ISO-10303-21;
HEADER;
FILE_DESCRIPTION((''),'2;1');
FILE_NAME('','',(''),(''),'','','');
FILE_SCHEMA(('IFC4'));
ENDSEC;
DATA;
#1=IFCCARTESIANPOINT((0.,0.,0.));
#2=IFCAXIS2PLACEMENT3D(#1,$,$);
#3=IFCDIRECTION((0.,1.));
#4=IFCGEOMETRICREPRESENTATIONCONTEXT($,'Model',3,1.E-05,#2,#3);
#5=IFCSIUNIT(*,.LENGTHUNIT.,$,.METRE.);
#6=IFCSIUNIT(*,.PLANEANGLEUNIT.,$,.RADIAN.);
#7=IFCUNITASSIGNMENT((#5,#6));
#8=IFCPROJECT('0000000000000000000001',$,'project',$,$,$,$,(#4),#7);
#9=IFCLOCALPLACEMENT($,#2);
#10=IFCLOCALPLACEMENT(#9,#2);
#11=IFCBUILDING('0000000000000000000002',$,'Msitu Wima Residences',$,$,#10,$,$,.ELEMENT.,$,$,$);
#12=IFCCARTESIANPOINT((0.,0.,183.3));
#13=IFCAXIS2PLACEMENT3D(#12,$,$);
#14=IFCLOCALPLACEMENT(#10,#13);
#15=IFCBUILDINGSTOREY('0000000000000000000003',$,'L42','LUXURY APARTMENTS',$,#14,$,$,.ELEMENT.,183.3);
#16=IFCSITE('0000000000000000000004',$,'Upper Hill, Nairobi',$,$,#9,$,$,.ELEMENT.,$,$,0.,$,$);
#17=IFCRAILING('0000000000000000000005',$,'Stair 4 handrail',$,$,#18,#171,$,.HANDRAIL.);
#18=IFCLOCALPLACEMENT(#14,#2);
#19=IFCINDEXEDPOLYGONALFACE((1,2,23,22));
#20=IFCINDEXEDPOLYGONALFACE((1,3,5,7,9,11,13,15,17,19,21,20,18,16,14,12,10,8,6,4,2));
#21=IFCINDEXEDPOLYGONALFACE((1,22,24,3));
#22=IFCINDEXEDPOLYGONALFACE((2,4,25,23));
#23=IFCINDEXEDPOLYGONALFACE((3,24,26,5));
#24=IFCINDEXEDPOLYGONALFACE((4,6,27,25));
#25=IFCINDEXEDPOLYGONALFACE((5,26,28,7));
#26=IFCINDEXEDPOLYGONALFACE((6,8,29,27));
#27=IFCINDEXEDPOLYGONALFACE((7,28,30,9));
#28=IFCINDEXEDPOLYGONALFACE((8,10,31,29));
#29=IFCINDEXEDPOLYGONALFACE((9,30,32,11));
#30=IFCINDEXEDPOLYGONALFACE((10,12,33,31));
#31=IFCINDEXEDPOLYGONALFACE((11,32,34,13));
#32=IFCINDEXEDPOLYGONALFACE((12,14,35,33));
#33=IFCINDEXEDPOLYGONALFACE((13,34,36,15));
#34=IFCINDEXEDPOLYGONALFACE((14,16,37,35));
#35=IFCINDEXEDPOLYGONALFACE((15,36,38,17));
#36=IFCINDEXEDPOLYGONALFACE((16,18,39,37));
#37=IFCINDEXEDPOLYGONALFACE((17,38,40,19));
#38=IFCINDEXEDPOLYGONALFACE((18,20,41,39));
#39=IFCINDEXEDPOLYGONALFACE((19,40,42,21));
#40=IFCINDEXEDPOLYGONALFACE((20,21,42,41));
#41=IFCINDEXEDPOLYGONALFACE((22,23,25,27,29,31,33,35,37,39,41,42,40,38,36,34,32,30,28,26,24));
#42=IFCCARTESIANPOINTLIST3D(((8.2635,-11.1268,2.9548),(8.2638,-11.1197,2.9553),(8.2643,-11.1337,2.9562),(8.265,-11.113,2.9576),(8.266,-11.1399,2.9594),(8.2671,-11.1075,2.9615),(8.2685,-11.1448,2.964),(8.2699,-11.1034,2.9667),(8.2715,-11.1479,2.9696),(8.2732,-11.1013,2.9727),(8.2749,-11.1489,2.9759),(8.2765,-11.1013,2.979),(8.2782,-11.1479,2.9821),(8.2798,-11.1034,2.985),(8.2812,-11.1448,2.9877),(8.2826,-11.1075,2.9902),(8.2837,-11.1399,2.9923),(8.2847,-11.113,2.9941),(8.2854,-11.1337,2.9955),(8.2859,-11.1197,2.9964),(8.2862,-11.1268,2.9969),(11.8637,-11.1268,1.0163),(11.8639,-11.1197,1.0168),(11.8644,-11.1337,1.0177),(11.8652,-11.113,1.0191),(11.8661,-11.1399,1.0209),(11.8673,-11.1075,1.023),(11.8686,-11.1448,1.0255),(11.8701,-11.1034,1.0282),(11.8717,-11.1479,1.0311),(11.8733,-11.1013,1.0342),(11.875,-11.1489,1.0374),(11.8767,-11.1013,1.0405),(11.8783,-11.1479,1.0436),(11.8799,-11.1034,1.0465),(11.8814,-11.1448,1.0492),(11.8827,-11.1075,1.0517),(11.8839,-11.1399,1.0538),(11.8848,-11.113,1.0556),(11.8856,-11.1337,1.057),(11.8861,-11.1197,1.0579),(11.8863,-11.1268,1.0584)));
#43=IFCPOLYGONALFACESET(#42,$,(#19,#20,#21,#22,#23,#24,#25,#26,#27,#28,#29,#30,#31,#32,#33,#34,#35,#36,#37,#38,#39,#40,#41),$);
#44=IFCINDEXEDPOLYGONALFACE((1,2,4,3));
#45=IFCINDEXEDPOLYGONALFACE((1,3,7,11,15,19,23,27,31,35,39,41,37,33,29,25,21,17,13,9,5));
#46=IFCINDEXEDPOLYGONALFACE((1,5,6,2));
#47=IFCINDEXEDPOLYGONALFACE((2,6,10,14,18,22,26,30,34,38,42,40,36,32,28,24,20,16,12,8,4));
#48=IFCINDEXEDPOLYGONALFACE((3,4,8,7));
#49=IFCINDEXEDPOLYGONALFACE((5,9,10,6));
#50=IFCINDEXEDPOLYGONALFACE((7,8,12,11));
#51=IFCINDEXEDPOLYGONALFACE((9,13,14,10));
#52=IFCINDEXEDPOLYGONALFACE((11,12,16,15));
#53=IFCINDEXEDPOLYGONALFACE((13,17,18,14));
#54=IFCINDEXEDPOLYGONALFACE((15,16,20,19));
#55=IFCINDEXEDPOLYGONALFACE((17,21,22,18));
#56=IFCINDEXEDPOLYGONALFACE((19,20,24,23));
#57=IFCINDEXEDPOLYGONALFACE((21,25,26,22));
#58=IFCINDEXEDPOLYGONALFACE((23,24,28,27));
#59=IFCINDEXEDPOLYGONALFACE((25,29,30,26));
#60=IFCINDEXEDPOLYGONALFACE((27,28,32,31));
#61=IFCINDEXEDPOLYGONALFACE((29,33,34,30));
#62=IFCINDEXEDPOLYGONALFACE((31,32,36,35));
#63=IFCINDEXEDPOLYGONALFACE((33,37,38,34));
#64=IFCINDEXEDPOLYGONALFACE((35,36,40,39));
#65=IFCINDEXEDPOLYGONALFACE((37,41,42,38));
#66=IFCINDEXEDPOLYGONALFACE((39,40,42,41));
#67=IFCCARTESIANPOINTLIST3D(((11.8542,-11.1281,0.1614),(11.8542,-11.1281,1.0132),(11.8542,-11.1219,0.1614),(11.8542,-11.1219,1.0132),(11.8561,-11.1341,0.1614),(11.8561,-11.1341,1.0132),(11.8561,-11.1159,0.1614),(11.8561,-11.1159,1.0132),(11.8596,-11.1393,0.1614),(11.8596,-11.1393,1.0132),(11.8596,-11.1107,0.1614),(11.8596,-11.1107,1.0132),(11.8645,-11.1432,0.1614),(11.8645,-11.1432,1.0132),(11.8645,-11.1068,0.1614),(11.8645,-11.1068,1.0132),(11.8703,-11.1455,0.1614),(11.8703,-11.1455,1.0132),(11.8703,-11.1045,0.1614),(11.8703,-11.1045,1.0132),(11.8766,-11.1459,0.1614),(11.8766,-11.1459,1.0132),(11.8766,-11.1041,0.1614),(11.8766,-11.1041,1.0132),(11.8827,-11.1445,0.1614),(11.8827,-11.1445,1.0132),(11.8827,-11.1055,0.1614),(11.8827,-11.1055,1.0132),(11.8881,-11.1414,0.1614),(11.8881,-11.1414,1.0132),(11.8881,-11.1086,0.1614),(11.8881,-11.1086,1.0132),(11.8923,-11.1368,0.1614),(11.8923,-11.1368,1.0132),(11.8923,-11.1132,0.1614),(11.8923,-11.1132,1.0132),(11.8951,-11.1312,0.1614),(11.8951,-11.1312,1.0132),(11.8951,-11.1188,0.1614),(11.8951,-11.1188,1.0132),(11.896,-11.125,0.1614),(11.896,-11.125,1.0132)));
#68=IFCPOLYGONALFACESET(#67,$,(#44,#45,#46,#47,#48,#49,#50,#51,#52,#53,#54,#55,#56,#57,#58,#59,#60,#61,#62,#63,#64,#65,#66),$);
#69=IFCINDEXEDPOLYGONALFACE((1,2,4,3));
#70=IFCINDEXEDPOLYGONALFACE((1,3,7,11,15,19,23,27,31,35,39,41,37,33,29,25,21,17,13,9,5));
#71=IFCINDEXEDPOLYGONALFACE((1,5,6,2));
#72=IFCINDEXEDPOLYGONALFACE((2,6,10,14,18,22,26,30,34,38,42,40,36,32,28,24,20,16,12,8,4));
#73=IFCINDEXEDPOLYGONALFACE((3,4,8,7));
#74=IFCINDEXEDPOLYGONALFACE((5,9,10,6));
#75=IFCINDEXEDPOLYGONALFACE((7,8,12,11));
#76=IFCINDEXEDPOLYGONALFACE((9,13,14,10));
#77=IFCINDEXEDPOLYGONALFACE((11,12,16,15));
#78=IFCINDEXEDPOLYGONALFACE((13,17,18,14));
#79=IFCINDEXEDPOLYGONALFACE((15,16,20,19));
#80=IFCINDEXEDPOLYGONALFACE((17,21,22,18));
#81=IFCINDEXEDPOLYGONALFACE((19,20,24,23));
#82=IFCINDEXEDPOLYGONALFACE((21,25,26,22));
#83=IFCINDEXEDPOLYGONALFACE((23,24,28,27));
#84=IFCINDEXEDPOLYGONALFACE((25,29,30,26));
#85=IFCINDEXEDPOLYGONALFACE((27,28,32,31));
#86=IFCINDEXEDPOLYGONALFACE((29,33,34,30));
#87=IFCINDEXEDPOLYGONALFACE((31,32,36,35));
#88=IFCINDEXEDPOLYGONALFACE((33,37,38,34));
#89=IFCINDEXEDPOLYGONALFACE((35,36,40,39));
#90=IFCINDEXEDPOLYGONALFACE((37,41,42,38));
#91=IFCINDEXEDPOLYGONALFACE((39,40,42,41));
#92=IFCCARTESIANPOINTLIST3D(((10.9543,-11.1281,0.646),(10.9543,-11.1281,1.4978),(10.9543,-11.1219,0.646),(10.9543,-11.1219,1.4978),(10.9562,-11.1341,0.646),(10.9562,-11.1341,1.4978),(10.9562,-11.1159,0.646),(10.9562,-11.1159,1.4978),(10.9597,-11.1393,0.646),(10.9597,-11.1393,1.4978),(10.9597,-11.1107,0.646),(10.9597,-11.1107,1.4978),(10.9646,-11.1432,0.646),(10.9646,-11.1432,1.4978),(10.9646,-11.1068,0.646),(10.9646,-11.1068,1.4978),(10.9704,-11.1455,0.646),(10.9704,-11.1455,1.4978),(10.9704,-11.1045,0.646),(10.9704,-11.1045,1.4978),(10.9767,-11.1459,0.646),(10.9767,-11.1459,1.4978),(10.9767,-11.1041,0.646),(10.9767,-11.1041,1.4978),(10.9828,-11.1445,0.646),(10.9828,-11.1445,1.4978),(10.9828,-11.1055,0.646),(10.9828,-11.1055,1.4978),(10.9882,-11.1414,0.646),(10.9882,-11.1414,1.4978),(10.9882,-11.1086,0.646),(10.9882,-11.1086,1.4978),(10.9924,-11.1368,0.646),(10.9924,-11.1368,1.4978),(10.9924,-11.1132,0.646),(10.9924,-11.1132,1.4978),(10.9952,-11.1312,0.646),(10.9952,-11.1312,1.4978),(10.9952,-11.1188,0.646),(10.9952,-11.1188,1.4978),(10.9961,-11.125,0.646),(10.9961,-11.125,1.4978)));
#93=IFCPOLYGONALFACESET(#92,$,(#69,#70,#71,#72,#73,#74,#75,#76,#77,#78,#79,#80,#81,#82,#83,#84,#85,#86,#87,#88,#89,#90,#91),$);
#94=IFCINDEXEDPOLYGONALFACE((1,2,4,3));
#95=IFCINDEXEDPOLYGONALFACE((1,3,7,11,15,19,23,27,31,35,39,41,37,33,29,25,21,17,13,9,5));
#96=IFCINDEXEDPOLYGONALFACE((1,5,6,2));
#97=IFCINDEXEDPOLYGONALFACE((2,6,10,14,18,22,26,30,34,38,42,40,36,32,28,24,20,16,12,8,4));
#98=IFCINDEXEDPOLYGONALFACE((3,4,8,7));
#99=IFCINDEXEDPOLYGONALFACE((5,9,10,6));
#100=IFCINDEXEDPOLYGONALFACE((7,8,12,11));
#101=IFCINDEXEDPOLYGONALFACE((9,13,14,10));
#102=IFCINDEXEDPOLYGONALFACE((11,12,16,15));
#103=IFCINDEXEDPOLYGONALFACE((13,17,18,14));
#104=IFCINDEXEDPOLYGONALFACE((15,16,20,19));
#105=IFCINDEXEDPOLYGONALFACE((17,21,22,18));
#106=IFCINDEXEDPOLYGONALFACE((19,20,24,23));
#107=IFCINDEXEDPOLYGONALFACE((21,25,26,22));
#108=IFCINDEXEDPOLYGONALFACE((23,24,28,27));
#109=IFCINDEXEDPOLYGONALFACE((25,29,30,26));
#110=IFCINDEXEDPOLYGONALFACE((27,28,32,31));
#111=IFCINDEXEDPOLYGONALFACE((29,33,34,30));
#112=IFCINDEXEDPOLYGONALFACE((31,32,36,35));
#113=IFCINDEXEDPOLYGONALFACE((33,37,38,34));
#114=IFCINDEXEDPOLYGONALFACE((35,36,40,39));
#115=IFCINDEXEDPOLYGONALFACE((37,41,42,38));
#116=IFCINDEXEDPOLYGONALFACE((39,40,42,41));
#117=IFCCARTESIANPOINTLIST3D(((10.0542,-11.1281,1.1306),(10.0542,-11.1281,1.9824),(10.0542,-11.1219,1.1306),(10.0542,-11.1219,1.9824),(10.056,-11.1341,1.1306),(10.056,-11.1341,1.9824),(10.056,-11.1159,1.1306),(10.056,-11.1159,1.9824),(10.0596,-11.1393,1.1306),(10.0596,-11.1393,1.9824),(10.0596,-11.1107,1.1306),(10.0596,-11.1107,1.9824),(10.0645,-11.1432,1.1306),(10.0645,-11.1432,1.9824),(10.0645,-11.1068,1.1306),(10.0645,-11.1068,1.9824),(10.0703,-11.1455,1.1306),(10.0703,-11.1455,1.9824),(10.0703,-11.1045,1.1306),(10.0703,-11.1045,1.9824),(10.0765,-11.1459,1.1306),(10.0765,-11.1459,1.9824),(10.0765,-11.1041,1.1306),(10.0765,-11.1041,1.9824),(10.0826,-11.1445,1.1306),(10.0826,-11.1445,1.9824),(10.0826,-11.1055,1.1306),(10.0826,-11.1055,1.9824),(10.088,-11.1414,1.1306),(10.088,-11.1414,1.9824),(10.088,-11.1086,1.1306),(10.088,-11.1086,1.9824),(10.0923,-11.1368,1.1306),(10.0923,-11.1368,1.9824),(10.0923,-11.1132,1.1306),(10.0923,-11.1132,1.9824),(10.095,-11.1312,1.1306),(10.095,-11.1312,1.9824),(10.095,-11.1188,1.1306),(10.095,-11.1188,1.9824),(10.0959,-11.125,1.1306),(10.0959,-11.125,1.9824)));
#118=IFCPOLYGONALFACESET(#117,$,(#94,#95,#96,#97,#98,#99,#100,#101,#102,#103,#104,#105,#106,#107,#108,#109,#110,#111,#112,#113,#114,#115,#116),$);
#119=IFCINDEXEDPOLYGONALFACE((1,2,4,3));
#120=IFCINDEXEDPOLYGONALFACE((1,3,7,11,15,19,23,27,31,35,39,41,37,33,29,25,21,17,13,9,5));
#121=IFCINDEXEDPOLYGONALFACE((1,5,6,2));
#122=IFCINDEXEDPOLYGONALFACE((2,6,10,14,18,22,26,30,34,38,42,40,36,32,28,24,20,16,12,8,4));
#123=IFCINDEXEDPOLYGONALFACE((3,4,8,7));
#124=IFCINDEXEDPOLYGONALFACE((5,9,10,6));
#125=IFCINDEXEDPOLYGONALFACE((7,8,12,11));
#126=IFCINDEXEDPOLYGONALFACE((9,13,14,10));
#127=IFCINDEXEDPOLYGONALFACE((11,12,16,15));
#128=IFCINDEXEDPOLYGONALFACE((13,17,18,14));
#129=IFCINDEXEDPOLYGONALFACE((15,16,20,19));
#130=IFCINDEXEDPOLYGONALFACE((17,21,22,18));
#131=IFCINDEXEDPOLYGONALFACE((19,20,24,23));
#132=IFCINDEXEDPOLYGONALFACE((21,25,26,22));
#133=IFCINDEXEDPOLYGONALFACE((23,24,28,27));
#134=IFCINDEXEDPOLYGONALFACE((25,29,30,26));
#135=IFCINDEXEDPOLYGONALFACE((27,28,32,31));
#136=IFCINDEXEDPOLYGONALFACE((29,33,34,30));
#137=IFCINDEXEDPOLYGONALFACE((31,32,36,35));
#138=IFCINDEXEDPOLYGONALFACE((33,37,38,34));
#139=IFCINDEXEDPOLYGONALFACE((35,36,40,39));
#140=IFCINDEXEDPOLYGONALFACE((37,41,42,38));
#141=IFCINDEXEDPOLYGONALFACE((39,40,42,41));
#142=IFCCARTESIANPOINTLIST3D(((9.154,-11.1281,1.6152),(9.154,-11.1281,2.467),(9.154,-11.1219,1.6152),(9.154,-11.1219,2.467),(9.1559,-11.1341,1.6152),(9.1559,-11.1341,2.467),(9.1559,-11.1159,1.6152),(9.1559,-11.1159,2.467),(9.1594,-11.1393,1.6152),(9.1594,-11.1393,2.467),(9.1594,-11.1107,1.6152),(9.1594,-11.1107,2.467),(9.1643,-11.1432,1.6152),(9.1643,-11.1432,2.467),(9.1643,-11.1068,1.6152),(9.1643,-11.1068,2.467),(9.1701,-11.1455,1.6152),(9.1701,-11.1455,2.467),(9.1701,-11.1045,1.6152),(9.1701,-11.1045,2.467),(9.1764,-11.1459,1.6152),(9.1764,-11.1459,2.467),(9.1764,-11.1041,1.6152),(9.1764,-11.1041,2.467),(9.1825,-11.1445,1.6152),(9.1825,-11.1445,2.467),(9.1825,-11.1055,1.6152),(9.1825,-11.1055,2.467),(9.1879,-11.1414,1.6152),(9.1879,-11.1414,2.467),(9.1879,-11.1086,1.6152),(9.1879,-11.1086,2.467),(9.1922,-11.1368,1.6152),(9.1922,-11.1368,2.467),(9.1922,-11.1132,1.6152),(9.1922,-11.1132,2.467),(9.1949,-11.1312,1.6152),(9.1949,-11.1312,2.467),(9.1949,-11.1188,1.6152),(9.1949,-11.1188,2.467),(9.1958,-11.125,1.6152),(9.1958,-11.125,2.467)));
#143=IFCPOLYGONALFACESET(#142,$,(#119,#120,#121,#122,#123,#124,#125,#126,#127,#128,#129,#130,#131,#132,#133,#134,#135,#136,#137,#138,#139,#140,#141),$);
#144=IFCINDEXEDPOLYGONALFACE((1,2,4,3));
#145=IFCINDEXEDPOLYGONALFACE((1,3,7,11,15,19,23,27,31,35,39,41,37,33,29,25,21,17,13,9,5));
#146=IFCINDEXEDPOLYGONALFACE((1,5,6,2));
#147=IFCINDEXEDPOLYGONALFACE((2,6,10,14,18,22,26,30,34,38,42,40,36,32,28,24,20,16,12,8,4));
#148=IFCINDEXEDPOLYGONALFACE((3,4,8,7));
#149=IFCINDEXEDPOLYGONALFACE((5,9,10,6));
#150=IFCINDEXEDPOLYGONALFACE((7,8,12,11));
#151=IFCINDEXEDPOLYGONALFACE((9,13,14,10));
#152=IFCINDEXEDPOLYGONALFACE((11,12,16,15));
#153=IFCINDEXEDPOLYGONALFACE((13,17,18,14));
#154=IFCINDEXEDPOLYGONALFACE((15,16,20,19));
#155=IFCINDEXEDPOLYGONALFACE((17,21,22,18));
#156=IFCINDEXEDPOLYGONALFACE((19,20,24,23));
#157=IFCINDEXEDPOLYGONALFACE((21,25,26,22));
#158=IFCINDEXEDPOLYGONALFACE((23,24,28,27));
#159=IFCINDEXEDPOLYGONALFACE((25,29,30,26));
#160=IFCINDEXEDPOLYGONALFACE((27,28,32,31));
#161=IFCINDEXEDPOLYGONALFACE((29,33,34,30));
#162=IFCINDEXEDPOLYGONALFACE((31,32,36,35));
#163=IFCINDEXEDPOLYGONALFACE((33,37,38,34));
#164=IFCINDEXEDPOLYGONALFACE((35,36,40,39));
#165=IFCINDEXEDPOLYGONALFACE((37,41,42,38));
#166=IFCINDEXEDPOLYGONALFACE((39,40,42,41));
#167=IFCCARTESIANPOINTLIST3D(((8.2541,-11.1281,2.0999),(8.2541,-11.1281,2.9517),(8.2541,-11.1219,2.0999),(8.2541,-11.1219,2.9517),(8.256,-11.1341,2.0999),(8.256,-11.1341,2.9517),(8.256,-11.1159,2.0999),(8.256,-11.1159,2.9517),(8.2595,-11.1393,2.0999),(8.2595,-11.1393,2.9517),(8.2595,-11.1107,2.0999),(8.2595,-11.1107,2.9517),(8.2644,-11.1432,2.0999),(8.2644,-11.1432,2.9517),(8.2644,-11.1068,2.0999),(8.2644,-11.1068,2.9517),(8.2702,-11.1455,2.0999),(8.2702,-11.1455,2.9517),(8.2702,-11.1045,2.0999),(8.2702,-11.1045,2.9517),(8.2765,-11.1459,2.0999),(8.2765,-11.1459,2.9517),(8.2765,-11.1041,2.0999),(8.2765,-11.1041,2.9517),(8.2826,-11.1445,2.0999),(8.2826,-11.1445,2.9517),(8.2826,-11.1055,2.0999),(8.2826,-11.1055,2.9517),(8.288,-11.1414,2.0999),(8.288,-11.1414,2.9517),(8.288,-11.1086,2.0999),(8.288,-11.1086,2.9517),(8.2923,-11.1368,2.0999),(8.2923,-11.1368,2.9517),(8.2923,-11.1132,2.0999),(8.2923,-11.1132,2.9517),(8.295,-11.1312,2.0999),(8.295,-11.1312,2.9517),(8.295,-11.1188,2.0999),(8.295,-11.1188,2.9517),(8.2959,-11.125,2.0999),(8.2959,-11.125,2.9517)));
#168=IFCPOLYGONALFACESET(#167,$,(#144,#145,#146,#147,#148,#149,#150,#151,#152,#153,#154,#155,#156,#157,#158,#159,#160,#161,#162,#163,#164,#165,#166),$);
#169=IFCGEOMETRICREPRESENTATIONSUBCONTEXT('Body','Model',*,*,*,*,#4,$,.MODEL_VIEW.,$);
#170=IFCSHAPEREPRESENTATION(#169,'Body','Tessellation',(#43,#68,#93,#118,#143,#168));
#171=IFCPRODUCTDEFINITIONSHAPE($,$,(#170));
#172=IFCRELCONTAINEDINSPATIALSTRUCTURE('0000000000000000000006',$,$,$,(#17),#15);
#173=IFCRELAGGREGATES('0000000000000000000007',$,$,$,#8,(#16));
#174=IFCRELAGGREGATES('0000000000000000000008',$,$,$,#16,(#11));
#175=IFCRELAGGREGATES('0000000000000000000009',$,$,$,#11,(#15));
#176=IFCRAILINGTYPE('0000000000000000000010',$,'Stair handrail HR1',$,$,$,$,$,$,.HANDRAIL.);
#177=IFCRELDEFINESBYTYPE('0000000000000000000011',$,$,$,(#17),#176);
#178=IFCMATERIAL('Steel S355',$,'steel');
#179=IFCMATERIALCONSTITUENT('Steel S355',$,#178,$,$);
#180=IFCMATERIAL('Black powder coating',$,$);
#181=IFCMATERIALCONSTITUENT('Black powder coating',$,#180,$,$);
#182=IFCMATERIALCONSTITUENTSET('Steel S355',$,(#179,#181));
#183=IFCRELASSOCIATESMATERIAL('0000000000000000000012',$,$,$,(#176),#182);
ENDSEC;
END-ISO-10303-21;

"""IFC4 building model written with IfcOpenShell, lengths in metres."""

from ifc_helpers import new_model, si_unit, direction, frame, origin, origin_2d, place, context, subcontext, project, spatial, circle, extrude, material, constituent, constituent_set, type_object, element, save


model = new_model("IFC4")

# Units and contexts
model_context = context("Model", 3, precision=1e-05, world=origin(), true_north=direction((0.0, 1.0)))
body_context = subcontext(model_context, "Body", "Model", "MODEL_VIEW")
ifc_project = project(units=[si_unit("LENGTHUNIT", "METRE"), si_unit("PLANEANGLEUNIT", "RADIAN")], contexts=[model_context])

# Site, building, storey
site_placement = place(None, origin())
site = spatial("IfcSite", under=ifc_project, at=site_placement, Name="Upper Hill, Nairobi", CompositionType="ELEMENT", RefElevation=0.0)
building_placement = place(site_placement, origin())
building = spatial("IfcBuilding", under=site, at=building_placement, Name="Msitu Wima Residences", CompositionType="ELEMENT")
storey_placement = place(building_placement, frame((0.0, 0.0, 183.3)))
storey = spatial("IfcBuildingStorey", under=building, at=storey_placement, Name="L42", Description="LUXURY APARTMENTS", CompositionType="ELEMENT", Elevation=183.3)

# Railing
ifc_material_1 = material(Name="Steel S355", Category="steel")
ifc_constituent_1 = constituent(ifc_material_1, Name="Steel S355")
ifc_material_2 = material(Name="Black powder coating")
ifc_constituent_2 = constituent(ifc_material_2, Name="Black powder coating")
ifc_constituent_set = constituent_set(constituents=[ifc_constituent_1, ifc_constituent_2], Name="Steel S355")
railing_type = type_object("IfcRailingType", Name="Stair handrail HR1", PredefinedType="HANDRAIL", material=ifc_constituent_set)
for number, where, name in (
    (1, (11.875, -11.125, 0.1614), "Stair 4 handrail"),
):
    element("IfcRailing", number, at=place(storey_placement, frame(where)), inside=storey, type_object=railing_type, Name=name, PredefinedType="HANDRAIL", context=body_context, shape_type="SweptSolid", body=[
        extrude(circle(Radius=0.0239, at=origin_2d()), frame((0.0, 0.0, 0.876), z_axis=(-0.880475, 0.0, 0.474093), x_axis=(0.0, -1.0, 0.0)), (0.0, 0.0, 1.0), 4.0889),
        extrude(circle(Radius=0.021, at=origin_2d()), origin(), (0.0, 0.0, 1.0), 0.8518),
        extrude(circle(Radius=0.021, at=origin_2d()), frame((-0.8999, 0.0, 0.4846)), (0.0, 0.0, 1.0), 0.8518),
        extrude(circle(Radius=0.021, at=origin_2d()), frame((-1.8, 0.0, 0.9692)), (0.0, 0.0, 1.0), 0.8518),
        extrude(circle(Radius=0.021, at=origin_2d()), frame((-2.7002, 0.0, 1.4539)), (0.0, 0.0, 1.0), 0.8518),
        extrude(circle(Radius=0.021, at=origin_2d()), frame((-3.6001, 0.0, 1.9385)), (0.0, 0.0, 1.0), 0.8518),
    ])

save(model, "model.ifc")
